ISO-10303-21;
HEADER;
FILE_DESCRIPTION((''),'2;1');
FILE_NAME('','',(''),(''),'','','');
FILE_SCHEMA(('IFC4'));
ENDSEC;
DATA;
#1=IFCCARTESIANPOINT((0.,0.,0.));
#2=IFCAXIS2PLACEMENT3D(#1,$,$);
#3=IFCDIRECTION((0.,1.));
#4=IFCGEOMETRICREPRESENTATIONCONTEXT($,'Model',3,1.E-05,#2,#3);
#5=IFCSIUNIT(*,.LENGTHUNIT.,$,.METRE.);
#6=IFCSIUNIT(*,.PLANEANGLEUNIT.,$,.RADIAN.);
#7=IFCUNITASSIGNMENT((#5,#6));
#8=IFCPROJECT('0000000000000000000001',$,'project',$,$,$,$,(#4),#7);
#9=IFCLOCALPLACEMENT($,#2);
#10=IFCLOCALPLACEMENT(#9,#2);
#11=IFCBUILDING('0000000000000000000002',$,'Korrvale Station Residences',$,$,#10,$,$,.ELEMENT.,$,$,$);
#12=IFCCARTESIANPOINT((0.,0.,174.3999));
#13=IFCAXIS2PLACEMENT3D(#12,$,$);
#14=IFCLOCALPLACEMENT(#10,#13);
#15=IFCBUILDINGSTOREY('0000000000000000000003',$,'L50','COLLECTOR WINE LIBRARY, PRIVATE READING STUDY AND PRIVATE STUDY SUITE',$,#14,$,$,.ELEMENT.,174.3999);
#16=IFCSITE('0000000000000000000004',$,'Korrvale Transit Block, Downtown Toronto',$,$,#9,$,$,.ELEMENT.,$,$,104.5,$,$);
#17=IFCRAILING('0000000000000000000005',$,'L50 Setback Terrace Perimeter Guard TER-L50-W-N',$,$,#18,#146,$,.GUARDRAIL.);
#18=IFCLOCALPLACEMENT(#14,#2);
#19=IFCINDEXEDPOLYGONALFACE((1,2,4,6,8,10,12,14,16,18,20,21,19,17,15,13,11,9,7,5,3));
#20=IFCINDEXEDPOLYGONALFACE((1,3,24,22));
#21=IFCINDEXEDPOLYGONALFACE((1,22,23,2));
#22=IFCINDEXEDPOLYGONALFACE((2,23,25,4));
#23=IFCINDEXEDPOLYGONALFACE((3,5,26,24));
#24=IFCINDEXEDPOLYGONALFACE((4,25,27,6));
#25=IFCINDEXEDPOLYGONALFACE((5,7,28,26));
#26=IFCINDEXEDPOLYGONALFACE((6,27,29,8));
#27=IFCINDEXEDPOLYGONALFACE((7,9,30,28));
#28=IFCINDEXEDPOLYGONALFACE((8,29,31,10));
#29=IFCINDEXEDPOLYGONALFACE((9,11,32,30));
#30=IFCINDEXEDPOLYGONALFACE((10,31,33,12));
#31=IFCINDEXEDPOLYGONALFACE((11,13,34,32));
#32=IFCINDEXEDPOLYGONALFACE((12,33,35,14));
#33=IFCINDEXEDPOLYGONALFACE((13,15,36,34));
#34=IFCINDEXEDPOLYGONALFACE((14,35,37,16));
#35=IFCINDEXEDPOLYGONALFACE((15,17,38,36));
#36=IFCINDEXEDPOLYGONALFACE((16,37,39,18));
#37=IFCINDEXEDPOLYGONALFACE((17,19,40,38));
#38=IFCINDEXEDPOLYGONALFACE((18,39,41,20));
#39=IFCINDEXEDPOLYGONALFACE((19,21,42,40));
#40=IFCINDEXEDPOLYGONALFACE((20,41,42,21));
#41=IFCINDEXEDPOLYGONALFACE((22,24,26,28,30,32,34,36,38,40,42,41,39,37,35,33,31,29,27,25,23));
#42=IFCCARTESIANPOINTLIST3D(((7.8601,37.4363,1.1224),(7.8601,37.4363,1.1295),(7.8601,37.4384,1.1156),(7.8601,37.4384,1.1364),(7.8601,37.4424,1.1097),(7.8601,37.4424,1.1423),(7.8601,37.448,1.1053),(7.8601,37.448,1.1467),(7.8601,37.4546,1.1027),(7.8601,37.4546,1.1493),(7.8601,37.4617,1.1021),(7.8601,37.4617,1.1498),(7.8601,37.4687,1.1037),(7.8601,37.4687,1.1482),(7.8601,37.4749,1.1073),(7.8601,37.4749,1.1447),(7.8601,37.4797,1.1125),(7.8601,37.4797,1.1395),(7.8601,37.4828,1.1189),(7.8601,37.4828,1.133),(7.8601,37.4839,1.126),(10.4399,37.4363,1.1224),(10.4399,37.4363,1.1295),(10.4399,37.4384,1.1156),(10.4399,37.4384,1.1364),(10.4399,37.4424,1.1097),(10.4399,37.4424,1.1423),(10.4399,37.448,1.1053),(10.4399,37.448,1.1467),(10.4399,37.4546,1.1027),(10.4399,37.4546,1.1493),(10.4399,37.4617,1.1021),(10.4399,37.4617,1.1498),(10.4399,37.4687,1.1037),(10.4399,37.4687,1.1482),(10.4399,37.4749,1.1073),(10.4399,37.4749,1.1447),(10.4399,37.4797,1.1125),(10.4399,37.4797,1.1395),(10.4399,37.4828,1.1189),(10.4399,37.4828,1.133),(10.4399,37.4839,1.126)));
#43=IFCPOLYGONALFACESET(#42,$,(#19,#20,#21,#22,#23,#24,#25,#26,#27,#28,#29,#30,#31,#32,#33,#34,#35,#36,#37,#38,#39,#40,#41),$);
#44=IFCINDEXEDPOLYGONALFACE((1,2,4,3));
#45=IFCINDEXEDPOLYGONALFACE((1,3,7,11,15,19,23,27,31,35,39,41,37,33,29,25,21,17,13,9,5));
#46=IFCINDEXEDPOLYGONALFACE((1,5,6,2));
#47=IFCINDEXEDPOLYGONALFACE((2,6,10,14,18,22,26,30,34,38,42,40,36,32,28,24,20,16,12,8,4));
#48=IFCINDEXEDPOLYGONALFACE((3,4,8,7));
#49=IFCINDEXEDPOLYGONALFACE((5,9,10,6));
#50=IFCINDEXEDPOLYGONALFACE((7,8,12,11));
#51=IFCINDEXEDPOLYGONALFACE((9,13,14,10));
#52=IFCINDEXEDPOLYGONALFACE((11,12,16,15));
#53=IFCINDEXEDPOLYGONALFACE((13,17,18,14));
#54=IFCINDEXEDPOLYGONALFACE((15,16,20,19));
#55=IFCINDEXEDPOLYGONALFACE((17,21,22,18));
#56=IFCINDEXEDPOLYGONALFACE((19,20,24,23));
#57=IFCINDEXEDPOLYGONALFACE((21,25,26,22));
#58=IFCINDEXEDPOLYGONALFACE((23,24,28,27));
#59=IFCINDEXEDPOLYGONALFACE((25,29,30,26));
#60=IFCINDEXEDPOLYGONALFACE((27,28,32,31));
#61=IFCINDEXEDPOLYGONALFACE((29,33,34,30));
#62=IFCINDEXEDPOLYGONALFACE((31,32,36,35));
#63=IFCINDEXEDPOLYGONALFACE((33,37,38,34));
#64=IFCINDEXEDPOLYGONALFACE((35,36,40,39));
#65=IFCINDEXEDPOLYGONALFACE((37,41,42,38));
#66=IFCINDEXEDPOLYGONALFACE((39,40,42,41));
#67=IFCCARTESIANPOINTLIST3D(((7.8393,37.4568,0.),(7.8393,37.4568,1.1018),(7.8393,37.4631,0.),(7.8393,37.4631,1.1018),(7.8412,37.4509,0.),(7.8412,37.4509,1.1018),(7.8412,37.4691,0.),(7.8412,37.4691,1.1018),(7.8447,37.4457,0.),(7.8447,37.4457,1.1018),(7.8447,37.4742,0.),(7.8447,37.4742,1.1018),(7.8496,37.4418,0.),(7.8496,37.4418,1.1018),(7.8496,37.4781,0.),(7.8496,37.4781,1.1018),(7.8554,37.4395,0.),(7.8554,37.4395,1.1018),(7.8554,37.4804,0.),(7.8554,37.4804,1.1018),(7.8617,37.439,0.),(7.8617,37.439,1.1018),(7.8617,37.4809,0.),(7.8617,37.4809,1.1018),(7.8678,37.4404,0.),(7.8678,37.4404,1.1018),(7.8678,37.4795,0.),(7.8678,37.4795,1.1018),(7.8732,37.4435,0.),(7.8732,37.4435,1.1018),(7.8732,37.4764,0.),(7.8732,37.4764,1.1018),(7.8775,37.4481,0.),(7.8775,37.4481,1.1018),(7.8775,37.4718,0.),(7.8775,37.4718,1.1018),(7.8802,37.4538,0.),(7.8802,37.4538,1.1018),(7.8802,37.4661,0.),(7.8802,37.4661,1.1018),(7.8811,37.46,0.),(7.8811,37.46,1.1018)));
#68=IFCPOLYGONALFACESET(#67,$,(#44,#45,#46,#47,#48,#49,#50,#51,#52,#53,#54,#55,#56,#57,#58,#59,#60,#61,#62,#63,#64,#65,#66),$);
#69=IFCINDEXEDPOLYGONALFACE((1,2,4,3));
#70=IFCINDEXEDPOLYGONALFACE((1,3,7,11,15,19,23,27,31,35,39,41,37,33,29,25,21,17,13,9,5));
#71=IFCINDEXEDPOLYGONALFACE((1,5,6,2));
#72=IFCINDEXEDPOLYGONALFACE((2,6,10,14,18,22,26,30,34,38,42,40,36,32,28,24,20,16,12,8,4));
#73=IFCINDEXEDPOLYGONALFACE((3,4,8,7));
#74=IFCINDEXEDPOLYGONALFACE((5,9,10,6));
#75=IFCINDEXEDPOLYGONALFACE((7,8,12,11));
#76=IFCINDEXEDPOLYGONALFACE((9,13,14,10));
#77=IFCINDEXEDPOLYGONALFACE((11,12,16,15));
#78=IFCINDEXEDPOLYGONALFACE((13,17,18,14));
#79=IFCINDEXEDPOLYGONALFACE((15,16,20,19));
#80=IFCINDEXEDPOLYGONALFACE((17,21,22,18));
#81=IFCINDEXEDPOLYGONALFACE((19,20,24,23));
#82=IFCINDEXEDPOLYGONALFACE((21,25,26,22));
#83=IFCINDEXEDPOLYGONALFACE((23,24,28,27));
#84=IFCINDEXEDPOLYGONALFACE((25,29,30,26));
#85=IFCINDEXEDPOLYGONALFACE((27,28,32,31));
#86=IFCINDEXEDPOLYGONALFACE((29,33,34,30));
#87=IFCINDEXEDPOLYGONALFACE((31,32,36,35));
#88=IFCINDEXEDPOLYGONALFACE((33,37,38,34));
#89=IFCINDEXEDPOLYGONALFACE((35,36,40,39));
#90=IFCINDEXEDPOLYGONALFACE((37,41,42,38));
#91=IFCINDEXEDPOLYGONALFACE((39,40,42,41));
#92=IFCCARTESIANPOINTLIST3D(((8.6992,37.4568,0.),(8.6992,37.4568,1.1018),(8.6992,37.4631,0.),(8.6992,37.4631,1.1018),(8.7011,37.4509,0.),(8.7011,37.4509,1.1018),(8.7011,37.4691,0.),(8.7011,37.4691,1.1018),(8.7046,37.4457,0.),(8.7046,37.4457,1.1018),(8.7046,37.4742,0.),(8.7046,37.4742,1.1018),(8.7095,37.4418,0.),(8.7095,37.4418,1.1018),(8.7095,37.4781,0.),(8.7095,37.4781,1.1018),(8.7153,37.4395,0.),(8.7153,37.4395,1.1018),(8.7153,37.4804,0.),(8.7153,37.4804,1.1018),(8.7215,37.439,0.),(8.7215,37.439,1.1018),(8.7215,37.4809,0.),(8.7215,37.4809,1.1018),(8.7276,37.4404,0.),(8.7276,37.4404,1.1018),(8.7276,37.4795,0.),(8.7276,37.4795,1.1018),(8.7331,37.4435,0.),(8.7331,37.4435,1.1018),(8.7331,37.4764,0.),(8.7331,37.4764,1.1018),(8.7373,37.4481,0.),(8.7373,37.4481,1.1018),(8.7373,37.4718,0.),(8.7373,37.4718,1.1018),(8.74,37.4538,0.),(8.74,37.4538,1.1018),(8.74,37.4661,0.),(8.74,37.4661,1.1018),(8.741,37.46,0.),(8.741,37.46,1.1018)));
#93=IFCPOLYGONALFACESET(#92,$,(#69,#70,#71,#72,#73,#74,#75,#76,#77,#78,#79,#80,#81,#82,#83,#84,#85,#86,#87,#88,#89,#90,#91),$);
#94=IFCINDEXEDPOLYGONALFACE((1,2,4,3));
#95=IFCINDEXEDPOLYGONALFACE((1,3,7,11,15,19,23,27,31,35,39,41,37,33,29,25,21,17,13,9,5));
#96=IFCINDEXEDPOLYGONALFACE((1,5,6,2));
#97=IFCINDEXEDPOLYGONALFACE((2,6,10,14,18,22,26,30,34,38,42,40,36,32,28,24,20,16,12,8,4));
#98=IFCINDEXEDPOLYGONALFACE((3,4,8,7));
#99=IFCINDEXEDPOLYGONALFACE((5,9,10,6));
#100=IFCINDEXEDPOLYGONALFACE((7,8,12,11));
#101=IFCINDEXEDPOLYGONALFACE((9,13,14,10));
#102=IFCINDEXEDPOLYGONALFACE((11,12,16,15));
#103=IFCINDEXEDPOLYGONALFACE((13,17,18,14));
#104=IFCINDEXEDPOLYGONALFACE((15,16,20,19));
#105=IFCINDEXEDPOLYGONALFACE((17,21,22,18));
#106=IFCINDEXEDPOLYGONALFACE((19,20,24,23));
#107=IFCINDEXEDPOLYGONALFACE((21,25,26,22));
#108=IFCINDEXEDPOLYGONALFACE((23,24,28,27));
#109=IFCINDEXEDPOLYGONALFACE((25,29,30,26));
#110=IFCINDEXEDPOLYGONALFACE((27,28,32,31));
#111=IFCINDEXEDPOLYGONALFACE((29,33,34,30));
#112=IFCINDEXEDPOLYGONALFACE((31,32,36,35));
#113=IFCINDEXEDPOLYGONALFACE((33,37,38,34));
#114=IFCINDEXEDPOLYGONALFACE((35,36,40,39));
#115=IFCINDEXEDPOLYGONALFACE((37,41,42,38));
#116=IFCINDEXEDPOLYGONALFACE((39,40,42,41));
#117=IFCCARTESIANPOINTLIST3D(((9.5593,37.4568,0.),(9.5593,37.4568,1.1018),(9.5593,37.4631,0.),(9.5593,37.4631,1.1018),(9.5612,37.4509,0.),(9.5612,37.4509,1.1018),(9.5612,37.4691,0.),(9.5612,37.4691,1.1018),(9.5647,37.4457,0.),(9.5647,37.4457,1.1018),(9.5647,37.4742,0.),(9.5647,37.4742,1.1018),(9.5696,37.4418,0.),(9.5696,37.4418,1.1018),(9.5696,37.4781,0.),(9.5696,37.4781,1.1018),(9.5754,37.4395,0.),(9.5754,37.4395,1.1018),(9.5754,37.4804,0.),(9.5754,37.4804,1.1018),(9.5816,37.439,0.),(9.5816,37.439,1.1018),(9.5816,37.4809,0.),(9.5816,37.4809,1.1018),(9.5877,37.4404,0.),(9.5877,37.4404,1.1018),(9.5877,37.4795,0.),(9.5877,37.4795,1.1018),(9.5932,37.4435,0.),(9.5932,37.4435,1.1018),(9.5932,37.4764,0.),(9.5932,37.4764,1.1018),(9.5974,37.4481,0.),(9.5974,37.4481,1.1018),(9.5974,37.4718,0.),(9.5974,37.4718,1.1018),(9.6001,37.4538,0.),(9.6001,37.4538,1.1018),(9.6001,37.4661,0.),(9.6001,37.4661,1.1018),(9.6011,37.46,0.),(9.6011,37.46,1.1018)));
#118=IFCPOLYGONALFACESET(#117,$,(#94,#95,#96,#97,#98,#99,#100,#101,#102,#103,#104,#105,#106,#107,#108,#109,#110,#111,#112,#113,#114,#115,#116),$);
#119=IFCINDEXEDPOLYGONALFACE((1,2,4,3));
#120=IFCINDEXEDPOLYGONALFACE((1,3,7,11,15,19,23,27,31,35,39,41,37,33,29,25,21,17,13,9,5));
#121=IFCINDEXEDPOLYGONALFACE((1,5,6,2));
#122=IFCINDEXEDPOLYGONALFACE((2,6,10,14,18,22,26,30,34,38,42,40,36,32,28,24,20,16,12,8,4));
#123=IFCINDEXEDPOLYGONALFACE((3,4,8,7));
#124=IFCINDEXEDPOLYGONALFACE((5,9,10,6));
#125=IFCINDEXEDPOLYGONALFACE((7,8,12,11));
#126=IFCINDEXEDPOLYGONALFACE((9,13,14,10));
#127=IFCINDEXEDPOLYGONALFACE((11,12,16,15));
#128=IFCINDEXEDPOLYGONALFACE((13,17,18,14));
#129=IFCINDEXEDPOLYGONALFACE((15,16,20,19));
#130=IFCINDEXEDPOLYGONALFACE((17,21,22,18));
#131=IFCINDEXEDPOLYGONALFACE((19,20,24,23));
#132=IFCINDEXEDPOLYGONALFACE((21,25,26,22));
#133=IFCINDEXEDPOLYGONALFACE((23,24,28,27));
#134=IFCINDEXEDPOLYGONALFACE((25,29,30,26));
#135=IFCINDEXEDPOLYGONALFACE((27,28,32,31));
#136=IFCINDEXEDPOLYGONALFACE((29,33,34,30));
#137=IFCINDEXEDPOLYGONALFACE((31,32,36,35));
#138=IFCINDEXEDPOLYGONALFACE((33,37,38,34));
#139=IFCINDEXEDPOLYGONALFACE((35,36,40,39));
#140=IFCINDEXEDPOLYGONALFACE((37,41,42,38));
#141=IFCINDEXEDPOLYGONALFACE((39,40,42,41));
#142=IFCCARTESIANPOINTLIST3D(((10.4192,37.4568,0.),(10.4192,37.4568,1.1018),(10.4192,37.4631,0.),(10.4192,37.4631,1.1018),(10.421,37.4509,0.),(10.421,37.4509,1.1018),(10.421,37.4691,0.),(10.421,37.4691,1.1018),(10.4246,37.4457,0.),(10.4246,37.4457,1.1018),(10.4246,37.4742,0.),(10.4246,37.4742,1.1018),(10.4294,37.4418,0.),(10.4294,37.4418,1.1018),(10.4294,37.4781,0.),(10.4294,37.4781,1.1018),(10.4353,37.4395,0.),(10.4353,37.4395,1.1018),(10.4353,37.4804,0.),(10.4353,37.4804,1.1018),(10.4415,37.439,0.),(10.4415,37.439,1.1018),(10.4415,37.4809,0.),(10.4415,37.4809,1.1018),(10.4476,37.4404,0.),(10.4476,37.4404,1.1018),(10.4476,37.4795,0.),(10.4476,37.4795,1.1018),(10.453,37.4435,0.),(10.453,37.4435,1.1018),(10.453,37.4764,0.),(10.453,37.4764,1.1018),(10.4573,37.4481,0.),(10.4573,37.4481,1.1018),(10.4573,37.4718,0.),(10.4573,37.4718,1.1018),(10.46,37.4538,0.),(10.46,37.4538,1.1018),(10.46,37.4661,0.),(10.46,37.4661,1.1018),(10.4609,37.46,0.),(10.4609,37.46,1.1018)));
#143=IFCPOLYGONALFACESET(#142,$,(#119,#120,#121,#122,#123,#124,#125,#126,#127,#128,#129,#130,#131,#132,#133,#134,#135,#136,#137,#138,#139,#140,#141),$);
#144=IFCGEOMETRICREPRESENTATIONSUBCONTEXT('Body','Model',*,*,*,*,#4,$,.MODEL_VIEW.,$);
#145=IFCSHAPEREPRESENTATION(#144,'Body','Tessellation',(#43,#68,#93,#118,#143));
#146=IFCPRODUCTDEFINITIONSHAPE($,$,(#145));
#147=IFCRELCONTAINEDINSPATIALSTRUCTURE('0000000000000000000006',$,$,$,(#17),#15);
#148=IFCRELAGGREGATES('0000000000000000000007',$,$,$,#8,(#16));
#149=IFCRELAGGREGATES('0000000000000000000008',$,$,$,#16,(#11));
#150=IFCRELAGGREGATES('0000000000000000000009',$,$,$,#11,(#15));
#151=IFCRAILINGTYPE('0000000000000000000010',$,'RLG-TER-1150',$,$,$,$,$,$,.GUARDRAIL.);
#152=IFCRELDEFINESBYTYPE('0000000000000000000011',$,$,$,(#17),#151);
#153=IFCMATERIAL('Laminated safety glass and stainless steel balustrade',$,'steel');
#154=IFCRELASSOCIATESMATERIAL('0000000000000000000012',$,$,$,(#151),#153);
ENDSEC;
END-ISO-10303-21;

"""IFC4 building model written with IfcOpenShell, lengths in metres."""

from ifc_helpers import new_model, si_unit, direction, frame, origin, origin_2d, place, context, subcontext, project, spatial, circle, extrude, material, type_object, element, save


model = new_model("IFC4")

# Units and contexts
model_context = context("Model", 3, precision=1e-05, world=origin(), true_north=direction((0.0, 1.0)))
body_context = subcontext(model_context, "Body", "Model", "MODEL_VIEW")
ifc_project = project(units=[si_unit("LENGTHUNIT", "METRE"), si_unit("PLANEANGLEUNIT", "RADIAN")], contexts=[model_context])

# Site, building, storey
site_placement = place(None, origin())
site = spatial("IfcSite", under=ifc_project, at=site_placement, Name="Korrvale Transit Block, Downtown Toronto", CompositionType="ELEMENT", RefElevation=104.5)
building_placement = place(site_placement, origin())
building = spatial("IfcBuilding", under=site, at=building_placement, Name="Korrvale Station Residences", CompositionType="ELEMENT")
storey_placement = place(building_placement, frame((0.0, 0.0, 174.3999)))
storey = spatial("IfcBuildingStorey", under=building, at=storey_placement, Name="L50", Description="COLLECTOR WINE LIBRARY, PRIVATE READING STUDY AND PRIVATE STUDY SUITE", CompositionType="ELEMENT", Elevation=174.3999)

# Railing
ifc_material_1 = material(Name="Laminated safety glass and stainless steel balustrade", Category="steel")
railing_type = type_object("IfcRailingType", Name="RLG-TER-1150", PredefinedType="GUARDRAIL", material=ifc_material_1)
railing_1_placement = place(storey_placement, frame((7.8601, 37.46, 0.0)))
element("IfcRailing", 1, at=railing_1_placement, inside=storey, type_object=railing_type, Name="L50 Setback Terrace Perimeter Guard TER-L50-W-N", PredefinedType="GUARDRAIL", context=body_context, shape_type="SweptSolid", body=[
    extrude(circle(Radius=0.0239, at=origin_2d()), frame((0.0, 0.0, 1.126), z_axis=(1.0, 0.0, 0.0), x_axis=(0.0, 1.0, 0.0)), (0.0, 0.0, 1.0), 2.5798),
    extrude(circle(Radius=0.021, at=origin_2d()), origin(), (0.0, 0.0, 1.0), 1.1018),
    extrude(circle(Radius=0.021, at=origin_2d()), frame((0.8599, 0.0, 0.0)), (0.0, 0.0, 1.0), 1.1018),
    extrude(circle(Radius=0.021, at=origin_2d()), frame((1.72, 0.0, 0.0)), (0.0, 0.0, 1.0), 1.1018),
    extrude(circle(Radius=0.021, at=origin_2d()), frame((2.5798, 0.0, 0.0)), (0.0, 0.0, 1.0), 1.1018),
])

save(model, "model.ifc")
